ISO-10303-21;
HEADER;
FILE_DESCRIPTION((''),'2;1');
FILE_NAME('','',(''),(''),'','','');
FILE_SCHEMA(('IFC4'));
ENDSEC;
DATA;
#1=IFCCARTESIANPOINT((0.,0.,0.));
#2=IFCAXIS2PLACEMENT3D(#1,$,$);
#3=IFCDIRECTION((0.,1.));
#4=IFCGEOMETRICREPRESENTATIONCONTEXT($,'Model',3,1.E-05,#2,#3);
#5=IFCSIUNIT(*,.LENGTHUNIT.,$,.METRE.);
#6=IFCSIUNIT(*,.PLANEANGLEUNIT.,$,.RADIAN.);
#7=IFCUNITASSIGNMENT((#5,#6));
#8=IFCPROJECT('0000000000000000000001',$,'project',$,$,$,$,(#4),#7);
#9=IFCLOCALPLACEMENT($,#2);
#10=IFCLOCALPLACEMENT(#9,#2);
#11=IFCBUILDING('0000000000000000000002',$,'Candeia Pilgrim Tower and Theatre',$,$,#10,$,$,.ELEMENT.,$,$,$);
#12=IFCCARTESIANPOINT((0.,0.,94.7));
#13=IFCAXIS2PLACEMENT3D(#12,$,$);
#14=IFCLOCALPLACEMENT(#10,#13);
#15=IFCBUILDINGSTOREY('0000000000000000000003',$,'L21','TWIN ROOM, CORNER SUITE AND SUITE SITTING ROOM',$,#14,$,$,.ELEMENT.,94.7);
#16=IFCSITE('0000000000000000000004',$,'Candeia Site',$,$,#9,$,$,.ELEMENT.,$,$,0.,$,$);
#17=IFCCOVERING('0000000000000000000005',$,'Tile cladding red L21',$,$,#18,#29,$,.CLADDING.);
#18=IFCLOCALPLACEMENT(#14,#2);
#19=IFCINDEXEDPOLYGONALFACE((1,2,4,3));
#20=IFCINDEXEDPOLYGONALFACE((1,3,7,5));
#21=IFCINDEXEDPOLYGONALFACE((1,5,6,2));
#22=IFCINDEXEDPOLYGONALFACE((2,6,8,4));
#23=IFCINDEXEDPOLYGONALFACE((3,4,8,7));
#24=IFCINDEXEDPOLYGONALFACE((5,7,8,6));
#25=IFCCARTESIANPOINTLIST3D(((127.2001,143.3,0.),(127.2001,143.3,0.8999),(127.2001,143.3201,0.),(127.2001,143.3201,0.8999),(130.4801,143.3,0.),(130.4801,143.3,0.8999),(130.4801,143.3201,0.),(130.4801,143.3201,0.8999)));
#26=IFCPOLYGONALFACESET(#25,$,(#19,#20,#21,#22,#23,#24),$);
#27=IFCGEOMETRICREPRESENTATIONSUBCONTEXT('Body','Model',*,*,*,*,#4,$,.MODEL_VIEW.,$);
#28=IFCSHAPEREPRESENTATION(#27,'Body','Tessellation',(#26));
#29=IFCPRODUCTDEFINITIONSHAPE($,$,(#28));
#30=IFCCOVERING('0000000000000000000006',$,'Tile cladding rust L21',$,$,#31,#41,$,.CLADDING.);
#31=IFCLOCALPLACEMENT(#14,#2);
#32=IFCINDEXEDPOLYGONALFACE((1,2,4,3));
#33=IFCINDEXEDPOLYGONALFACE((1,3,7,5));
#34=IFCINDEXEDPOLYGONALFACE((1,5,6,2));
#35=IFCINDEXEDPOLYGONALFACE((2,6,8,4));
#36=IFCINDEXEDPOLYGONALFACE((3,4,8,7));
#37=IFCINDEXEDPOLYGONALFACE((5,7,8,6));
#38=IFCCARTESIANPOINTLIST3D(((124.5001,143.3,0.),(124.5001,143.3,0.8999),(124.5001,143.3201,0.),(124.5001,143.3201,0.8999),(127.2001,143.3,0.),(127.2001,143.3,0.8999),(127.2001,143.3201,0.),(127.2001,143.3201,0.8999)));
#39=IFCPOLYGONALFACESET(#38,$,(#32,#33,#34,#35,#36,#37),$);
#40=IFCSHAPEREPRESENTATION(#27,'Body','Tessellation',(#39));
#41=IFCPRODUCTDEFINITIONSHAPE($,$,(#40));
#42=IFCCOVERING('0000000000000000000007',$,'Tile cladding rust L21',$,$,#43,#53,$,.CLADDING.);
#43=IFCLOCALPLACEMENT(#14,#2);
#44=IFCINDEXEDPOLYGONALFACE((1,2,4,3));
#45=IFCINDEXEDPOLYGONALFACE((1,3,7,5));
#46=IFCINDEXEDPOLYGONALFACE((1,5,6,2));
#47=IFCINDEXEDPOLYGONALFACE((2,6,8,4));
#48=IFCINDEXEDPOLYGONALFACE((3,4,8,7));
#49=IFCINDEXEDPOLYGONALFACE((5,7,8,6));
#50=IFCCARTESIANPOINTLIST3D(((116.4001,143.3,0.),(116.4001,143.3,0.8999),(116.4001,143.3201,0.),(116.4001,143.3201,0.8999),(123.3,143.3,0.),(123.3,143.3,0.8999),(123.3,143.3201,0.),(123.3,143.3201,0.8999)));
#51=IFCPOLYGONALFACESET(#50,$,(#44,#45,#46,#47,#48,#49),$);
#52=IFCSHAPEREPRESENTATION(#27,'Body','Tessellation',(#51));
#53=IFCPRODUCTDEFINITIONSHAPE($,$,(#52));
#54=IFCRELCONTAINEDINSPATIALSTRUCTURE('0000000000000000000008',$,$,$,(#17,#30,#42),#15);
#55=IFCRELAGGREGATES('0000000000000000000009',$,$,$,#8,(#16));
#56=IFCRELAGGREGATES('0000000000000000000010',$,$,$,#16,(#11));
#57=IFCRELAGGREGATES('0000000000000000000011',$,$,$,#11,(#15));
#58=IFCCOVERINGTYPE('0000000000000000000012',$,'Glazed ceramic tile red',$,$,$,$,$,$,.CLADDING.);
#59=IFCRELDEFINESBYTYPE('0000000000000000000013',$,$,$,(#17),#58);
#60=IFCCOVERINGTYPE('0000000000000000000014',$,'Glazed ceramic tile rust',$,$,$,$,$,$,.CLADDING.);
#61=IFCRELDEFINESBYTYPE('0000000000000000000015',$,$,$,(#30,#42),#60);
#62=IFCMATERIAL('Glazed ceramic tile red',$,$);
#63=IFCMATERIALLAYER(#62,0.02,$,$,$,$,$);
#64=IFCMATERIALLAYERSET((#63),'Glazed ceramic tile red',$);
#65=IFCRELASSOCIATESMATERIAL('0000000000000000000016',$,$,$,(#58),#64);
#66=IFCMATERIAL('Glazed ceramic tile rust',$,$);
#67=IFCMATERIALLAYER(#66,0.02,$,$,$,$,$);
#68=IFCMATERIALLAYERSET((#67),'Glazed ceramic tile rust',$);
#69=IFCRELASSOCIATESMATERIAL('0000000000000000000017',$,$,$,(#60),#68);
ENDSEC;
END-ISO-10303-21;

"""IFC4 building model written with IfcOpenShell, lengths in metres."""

from ifc_helpers import new_model, si_unit, direction, frame, origin, origin_2d, place, context, subcontext, project, spatial, rectangle, extrude, material, layer, layer_set, type_object, element, save


model = new_model("IFC4")

# Units and contexts
model_context = context("Model", 3, precision=1e-05, world=origin(), true_north=direction((0.0, 1.0)))
body_context = subcontext(model_context, "Body", "Model", "MODEL_VIEW")
ifc_project = project(units=[si_unit("LENGTHUNIT", "METRE"), si_unit("PLANEANGLEUNIT", "RADIAN")], contexts=[model_context])

# Site, building, storey
site_placement = place(None, origin())
site = spatial("IfcSite", under=ifc_project, at=site_placement, Name="Candeia Site", CompositionType="ELEMENT", RefElevation=0.0)
building_placement = place(site_placement, origin())
building = spatial("IfcBuilding", under=site, at=building_placement, Name="Candeia Pilgrim Tower and Theatre", CompositionType="ELEMENT")
storey_placement = place(building_placement, frame((0.0, 0.0, 94.7)))
storey = spatial("IfcBuildingStorey", under=building, at=storey_placement, Name="L21", Description="TWIN ROOM, CORNER SUITE AND SUITE SITTING ROOM", CompositionType="ELEMENT", Elevation=94.7)

# Coverings
ifc_material_1 = material(Name="Glazed ceramic tile red")
ifc_layer_1 = layer(ifc_material_1, 0.02)
ifc_layer_set_1 = layer_set([ifc_layer_1], Name="Glazed ceramic tile red")
covering_type_1 = type_object("IfcCoveringType", Name="Glazed ceramic tile red", PredefinedType="CLADDING", material=ifc_layer_set_1)
covering_1_placement = place(storey_placement, frame((128.8401, 143.3101, 0.0), z_axis=(0.0, 0.0, 1.0), x_axis=(-1.0, 0.0, 0.0)))
element("IfcCovering", 1, at=covering_1_placement, inside=storey, type_object=covering_type_1, Name="Tile cladding red L21", PredefinedType="CLADDING", context=body_context, shape_type="SweptSolid", body=[
    extrude(rectangle(XDim=3.28, YDim=0.02, at=origin_2d()), origin(), (0.0, 0.0, 1.0), 0.8999),
])
ifc_material_2 = material(Name="Glazed ceramic tile rust")
ifc_layer_2 = layer(ifc_material_2, 0.02)
ifc_layer_set_2 = layer_set([ifc_layer_2], Name="Glazed ceramic tile rust")
covering_type_2 = type_object("IfcCoveringType", Name="Glazed ceramic tile rust", PredefinedType="CLADDING", material=ifc_layer_set_2)
covering_2_placement = place(storey_placement, frame((125.8501, 143.3101, 0.0), z_axis=(0.0, 0.0, 1.0), x_axis=(-1.0, 0.0, 0.0)))
element("IfcCovering", 2, at=covering_2_placement, inside=storey, type_object=covering_type_2, Name="Tile cladding rust L21", PredefinedType="CLADDING", context=body_context, shape_type="SweptSolid", body=[
    extrude(rectangle(XDim=2.7, YDim=0.02, at=origin_2d()), origin(), (0.0, 0.0, 1.0), 0.8999),
])
covering_3_placement = place(storey_placement, frame((119.8501, 143.3101, 0.0), z_axis=(0.0, 0.0, 1.0), x_axis=(-1.0, 0.0, 0.0)))
element("IfcCovering", 3, at=covering_3_placement, inside=storey, type_object=covering_type_2, Name="Tile cladding rust L21", PredefinedType="CLADDING", context=body_context, shape_type="SweptSolid", body=[
    extrude(rectangle(XDim=6.8999, YDim=0.02, at=origin_2d()), origin(), (0.0, 0.0, 1.0), 0.8999),
])

save(model, "model.ifc")
